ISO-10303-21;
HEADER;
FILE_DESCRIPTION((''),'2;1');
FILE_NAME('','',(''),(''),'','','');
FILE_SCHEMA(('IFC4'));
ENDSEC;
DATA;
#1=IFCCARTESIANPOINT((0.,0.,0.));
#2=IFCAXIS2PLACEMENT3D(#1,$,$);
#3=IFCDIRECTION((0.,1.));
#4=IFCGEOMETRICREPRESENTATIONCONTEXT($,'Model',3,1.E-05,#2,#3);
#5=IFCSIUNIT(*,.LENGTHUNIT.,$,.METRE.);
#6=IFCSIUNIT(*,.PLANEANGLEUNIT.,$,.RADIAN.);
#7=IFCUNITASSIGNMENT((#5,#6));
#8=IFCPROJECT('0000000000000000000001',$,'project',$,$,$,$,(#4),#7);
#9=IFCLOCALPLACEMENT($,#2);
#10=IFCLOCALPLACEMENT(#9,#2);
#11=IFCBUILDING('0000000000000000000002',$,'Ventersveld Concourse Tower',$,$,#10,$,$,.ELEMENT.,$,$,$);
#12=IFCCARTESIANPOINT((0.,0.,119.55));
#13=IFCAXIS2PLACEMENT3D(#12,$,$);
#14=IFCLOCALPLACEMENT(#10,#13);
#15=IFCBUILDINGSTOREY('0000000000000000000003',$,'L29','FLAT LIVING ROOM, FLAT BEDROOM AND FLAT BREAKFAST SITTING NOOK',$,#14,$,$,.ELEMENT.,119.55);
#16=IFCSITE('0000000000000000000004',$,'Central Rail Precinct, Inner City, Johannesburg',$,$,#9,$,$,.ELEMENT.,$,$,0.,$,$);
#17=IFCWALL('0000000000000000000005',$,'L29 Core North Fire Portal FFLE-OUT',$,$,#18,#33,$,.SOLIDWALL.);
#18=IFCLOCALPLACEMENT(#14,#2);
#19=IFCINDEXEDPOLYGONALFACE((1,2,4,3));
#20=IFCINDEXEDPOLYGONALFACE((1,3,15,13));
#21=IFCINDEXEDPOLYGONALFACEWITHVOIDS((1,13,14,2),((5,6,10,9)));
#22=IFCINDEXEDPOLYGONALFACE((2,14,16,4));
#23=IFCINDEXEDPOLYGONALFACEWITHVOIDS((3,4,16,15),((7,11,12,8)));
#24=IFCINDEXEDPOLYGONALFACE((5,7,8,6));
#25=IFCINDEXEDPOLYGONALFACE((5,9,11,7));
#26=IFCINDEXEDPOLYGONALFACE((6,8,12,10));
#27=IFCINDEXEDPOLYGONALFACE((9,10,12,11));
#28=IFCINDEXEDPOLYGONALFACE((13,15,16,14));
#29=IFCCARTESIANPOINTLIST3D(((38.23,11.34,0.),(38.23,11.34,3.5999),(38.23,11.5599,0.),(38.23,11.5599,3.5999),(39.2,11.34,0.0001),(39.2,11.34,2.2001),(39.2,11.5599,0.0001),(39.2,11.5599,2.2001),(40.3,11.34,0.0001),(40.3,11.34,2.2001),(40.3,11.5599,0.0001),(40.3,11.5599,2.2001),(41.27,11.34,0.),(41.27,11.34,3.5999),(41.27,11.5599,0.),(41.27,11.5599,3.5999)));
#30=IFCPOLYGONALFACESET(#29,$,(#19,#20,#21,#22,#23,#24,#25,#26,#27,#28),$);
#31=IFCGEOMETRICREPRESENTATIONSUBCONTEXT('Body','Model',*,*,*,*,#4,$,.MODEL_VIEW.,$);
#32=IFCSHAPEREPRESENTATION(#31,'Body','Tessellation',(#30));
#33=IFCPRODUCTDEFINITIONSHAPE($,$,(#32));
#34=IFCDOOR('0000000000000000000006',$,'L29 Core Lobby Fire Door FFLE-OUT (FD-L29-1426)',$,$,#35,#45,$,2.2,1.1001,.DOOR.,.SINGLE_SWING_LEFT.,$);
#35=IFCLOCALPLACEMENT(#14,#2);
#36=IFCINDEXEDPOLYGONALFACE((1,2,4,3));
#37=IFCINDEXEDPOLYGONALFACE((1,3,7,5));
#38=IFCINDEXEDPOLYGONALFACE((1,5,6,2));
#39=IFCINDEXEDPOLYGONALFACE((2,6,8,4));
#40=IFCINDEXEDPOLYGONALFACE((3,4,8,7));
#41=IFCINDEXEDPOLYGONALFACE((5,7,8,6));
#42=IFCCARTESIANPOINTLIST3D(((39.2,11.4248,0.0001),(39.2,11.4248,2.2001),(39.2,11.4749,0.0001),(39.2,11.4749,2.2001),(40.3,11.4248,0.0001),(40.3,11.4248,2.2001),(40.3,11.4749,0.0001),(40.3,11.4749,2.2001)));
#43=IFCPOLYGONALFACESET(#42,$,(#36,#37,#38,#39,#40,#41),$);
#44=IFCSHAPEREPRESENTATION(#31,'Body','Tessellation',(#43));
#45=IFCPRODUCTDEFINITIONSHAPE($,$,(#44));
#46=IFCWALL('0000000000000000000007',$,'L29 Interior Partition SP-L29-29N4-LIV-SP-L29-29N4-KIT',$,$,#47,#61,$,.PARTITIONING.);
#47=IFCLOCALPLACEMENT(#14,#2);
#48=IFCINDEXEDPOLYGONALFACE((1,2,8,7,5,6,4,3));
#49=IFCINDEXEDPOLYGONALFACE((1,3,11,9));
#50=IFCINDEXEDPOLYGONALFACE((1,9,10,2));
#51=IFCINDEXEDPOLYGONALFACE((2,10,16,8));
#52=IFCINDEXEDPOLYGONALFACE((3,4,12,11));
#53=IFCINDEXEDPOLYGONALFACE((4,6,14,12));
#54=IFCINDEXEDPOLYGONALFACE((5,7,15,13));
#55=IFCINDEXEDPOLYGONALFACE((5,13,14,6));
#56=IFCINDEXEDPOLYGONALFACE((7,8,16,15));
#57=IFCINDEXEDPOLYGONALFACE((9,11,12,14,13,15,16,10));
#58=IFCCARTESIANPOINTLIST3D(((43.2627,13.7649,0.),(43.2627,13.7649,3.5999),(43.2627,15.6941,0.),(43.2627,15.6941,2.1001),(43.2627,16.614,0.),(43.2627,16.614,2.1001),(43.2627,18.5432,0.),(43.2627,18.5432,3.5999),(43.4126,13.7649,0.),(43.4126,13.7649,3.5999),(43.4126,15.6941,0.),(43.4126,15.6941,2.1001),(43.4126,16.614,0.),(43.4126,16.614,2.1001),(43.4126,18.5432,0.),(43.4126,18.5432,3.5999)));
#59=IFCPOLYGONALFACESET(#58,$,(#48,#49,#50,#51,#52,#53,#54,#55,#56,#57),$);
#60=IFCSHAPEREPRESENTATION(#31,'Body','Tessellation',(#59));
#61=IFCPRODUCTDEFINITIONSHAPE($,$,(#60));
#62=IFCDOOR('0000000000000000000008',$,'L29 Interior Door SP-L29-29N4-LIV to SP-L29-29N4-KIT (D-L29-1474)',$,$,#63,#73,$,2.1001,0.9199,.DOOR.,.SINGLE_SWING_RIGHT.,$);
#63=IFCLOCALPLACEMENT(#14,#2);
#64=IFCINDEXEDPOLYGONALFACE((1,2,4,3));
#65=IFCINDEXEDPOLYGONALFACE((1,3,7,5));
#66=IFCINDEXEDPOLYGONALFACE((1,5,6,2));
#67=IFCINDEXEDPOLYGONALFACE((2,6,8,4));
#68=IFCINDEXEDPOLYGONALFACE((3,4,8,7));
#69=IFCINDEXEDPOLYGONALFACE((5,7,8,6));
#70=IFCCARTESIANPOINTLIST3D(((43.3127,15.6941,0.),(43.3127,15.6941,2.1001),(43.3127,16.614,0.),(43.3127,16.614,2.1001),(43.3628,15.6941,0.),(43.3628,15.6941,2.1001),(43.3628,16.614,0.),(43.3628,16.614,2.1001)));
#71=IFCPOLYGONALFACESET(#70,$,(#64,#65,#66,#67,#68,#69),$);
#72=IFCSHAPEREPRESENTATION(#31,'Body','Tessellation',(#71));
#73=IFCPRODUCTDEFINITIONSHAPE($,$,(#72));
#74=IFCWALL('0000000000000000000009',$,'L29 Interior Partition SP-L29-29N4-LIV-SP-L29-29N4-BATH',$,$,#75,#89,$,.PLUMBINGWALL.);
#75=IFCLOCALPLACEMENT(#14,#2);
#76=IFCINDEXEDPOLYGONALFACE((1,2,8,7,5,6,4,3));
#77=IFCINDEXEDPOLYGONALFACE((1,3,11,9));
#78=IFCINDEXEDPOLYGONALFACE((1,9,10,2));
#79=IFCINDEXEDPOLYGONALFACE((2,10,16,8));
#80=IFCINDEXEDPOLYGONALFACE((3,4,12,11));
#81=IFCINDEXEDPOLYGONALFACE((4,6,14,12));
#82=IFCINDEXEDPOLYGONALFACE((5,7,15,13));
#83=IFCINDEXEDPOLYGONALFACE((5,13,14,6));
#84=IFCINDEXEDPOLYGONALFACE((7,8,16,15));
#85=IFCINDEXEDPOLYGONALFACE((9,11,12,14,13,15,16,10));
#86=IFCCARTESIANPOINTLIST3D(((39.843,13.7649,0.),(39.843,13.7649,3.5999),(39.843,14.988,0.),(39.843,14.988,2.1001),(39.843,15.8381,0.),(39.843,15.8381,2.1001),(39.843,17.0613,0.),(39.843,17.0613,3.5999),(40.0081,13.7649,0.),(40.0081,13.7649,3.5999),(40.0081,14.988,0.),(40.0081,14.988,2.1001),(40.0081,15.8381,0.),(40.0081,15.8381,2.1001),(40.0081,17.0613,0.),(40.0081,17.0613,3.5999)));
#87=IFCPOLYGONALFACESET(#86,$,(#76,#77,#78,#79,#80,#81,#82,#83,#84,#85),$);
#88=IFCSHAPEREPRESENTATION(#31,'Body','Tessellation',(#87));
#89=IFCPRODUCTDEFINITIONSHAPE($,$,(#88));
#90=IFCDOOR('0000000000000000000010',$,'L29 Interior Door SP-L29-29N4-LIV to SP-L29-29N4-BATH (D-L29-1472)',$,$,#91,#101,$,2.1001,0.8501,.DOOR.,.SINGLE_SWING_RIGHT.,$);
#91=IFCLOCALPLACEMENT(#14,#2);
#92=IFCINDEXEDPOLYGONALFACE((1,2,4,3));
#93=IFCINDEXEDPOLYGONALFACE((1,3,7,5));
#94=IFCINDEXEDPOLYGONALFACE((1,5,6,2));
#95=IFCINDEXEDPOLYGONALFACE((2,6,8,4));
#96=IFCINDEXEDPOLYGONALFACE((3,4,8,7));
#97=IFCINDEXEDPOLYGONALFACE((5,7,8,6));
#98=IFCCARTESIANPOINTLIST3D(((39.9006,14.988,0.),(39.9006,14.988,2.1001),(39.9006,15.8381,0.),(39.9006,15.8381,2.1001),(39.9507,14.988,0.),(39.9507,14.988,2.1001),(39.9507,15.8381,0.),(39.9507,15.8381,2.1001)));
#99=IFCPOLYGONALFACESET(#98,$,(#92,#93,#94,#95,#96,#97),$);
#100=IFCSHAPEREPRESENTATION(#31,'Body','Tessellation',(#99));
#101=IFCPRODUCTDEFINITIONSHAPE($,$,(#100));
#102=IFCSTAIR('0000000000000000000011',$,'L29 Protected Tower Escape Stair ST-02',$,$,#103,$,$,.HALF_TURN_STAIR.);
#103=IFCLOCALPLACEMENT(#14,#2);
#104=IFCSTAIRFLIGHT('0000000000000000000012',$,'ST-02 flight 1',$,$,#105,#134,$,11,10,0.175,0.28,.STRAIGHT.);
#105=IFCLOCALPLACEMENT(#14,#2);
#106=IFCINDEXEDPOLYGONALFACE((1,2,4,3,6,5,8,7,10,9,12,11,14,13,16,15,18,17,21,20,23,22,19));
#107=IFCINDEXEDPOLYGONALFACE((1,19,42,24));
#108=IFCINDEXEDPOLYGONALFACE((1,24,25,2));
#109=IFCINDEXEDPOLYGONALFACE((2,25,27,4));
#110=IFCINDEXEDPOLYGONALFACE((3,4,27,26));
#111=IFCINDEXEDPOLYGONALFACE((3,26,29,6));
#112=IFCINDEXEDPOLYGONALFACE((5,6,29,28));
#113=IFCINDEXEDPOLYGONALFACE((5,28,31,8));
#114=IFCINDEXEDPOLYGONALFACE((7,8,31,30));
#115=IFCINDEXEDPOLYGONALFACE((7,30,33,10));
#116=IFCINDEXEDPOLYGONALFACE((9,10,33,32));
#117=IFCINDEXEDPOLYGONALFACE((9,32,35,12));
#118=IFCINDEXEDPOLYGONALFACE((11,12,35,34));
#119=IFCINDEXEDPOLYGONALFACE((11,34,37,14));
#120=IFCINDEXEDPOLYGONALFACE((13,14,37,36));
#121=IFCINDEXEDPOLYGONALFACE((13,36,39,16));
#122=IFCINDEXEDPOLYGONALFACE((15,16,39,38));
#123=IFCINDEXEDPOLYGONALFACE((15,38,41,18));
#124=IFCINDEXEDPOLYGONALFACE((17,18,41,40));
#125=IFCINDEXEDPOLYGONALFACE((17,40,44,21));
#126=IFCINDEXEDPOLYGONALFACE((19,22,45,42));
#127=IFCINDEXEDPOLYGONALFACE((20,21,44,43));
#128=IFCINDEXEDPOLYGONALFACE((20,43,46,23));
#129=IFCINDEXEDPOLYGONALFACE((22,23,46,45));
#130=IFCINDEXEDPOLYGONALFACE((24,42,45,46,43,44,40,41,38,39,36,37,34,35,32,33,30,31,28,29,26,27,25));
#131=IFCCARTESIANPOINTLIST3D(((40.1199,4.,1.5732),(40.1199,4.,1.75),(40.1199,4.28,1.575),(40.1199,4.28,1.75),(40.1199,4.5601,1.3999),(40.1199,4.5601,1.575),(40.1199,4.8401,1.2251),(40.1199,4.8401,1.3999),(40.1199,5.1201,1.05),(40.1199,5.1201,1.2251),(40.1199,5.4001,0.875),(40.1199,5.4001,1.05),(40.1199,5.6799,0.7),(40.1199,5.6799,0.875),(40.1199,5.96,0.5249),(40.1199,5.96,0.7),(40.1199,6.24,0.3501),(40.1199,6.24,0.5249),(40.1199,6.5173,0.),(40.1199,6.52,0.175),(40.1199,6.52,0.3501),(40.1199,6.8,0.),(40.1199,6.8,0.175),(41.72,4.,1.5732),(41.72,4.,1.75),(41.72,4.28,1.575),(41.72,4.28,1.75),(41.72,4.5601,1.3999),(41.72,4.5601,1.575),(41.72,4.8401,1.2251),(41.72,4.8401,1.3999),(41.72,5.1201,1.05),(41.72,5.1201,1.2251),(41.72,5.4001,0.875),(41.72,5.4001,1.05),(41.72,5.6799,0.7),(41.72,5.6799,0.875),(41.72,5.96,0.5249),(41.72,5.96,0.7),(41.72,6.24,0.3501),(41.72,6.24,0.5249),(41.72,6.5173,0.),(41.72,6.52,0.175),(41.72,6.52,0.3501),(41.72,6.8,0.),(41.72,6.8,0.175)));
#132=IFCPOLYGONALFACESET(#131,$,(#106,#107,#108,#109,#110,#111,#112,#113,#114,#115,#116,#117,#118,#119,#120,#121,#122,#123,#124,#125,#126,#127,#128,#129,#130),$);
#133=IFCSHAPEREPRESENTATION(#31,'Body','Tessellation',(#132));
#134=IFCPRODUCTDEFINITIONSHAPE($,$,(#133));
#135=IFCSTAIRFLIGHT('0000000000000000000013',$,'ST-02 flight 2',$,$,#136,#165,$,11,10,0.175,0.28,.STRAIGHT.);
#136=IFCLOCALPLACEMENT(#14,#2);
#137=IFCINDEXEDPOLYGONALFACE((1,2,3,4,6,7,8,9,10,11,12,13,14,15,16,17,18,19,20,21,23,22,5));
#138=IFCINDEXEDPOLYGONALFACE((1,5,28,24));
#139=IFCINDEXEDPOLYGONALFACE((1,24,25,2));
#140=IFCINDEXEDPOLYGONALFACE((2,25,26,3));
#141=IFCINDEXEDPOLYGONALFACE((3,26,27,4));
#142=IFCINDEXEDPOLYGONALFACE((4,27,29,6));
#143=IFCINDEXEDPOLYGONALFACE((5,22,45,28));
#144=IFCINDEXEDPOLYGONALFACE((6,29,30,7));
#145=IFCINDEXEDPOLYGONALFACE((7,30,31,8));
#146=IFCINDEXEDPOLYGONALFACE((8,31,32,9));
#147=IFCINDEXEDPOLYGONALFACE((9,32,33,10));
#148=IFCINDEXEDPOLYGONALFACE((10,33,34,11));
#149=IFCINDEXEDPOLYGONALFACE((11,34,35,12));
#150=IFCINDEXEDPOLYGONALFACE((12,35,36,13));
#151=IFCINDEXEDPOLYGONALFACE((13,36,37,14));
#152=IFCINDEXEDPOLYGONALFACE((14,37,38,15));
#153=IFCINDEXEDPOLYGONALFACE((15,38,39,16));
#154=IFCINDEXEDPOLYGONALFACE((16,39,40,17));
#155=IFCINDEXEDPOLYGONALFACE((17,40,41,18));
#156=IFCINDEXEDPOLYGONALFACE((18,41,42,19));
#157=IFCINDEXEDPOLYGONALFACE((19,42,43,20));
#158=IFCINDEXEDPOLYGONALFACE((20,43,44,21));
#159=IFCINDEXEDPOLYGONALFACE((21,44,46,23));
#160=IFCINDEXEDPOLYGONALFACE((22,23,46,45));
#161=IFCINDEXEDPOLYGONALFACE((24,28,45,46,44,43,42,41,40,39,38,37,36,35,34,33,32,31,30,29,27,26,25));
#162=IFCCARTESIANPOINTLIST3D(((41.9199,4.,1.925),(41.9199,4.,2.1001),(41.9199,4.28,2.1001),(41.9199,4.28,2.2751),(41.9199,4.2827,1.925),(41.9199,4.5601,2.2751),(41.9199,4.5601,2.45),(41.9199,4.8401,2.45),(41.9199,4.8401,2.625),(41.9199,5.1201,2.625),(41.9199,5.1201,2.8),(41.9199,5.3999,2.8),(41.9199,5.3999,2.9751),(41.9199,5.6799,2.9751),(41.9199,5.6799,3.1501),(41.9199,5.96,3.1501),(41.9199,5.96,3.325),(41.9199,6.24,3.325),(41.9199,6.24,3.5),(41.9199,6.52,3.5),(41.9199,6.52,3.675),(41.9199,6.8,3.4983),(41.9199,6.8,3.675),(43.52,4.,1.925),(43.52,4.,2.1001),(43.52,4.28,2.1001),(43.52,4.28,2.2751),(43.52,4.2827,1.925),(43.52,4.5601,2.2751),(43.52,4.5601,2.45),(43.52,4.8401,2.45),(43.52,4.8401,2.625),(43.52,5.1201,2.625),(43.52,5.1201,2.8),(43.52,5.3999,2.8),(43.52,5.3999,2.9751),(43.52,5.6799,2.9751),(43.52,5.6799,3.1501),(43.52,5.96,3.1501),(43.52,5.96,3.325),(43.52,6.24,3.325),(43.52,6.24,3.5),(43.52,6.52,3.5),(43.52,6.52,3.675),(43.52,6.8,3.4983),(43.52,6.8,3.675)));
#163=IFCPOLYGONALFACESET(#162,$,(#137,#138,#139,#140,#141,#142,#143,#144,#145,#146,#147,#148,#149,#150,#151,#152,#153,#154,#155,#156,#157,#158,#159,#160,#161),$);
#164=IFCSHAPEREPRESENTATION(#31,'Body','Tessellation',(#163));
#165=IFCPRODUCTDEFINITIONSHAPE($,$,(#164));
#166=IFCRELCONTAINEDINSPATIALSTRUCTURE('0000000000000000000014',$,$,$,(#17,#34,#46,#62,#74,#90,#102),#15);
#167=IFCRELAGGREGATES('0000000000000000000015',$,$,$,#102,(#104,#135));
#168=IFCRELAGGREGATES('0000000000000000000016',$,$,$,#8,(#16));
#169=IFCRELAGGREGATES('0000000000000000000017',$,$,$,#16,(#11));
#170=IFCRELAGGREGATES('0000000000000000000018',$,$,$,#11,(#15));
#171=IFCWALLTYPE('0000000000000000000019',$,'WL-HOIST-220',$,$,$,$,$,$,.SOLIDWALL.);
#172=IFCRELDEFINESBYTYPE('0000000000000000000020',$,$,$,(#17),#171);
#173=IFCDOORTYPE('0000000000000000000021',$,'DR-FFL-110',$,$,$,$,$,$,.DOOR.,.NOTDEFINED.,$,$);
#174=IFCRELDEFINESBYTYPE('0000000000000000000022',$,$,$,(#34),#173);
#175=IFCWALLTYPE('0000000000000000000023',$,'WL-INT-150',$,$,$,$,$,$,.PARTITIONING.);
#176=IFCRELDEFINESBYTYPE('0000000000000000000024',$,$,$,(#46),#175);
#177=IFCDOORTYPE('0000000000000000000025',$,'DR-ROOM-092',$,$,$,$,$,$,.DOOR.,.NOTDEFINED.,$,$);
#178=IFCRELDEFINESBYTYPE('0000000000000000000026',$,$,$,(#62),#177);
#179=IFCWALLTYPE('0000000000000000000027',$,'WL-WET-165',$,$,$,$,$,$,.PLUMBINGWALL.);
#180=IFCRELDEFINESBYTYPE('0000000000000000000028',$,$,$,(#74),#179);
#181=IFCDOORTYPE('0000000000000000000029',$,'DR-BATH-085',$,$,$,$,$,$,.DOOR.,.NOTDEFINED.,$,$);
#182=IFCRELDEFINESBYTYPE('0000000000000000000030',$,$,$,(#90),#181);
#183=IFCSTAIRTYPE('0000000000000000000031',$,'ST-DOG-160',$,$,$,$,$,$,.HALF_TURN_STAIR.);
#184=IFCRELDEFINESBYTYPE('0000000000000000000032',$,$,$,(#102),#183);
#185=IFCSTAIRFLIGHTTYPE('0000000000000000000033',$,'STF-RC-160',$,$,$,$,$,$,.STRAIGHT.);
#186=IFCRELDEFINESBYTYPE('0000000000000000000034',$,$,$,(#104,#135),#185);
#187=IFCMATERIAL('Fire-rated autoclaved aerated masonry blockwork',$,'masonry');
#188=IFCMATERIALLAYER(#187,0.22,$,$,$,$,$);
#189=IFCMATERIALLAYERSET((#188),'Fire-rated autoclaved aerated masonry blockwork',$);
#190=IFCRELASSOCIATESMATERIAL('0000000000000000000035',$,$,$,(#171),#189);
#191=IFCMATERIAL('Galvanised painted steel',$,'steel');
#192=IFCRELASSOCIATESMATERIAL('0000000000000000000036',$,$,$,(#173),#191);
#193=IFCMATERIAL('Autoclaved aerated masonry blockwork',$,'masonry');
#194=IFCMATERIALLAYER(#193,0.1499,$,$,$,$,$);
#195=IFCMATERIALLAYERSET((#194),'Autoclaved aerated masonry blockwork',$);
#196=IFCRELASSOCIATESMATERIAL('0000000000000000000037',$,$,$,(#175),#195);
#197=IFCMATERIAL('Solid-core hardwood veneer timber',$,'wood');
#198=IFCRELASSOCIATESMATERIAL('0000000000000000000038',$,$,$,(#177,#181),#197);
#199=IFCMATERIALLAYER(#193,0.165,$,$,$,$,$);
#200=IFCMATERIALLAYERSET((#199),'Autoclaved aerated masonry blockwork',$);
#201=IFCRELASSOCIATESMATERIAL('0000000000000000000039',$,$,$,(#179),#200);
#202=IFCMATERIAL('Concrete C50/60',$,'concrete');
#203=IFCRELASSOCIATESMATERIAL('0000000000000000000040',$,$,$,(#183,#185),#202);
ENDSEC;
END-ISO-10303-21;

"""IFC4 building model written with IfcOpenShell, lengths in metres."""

from ifc_helpers import new_model, si_unit, direction, frame, frame_2d, origin, place, context, subcontext, project, spatial, polyline, rectangle, outline, extrude, material, layer, layer_set, type_object, element, fill, aggregate, save


model = new_model("IFC4")

# Units and contexts
model_context = context("Model", 3, precision=1e-05, world=origin(), true_north=direction((0.0, 1.0)))
body_context = subcontext(model_context, "Body", "Model", "MODEL_VIEW")
ifc_project = project(units=[si_unit("LENGTHUNIT", "METRE"), si_unit("PLANEANGLEUNIT", "RADIAN")], contexts=[model_context])

# Site, building, storey
site_placement = place(None, origin())
site = spatial("IfcSite", under=ifc_project, at=site_placement, Name="Central Rail Precinct, Inner City, Johannesburg", CompositionType="ELEMENT", RefElevation=0.0)
building_placement = place(site_placement, origin())
building = spatial("IfcBuilding", under=site, at=building_placement, Name="Ventersveld Concourse Tower", CompositionType="ELEMENT")
storey_placement = place(building_placement, frame((0.0, 0.0, 119.55)))
storey = spatial("IfcBuildingStorey", under=building, at=storey_placement, Name="L29", Description="FLAT LIVING ROOM, FLAT BEDROOM AND FLAT BREAKFAST SITTING NOOK", CompositionType="ELEMENT", Elevation=119.55)

# Shared definitions
ifc_material_1 = material(Name="Fire-rated autoclaved aerated masonry blockwork", Category="masonry")
ifc_material_2 = material(Name="Solid-core hardwood veneer timber", Category="wood")

# Shared definitions
ifc_layer_1 = layer(ifc_material_1, 0.22)
ifc_layer_set_1 = layer_set([ifc_layer_1], Name="Fire-rated autoclaved aerated masonry blockwork")
wall_type_1 = type_object("IfcWallType", Name="WL-HOIST-220", PredefinedType="SOLIDWALL", material=ifc_layer_set_1)

# Walls, openings, doors
ifc_material_3 = material(Name="Galvanised painted steel", Category="steel")
wall_1_placement = place(storey_placement, frame((38.23, 11.45, 0.0), z_axis=(0.0, 0.0, 1.0), x_axis=(1.0, 0.0, 0.0)))
wall_1 = element("IfcWall", 1, at=wall_1_placement, inside=storey, type_object=wall_type_1, Name="L29 Core North Fire Portal FFLE-OUT", PredefinedType="SOLIDWALL", context=body_context, shape_type="SweptSolid", body=[
    extrude(rectangle(XDim=3.04, YDim=0.22, at=frame_2d((1.52, 0.0))), origin(), (0.0, 0.0, 1.0), 3.5999),
])
opening_1_placement = place(wall_1_placement, frame((0.97, 0.0, 0.0)))
opening_1 = element("IfcOpeningElement", 2, at=opening_1_placement, cuts=wall_1, PredefinedType="OPENING", context=body_context, shape_type="SweptSolid", body=[
    extrude(rectangle(XDim=1.1001, YDim=2.2, at=frame_2d((0.55, 1.1001))), frame((0.0, 0.1201, 0.0), z_axis=(0.0, -1.0, 0.0), x_axis=(1.0, 0.0, 0.0)), (0.0, 0.0, 1.0), 0.24),
])
door_type_1 = type_object("IfcDoorType", Name="DR-FFL-110", OperationType="NOTDEFINED", PredefinedType="DOOR", material=ifc_material_3)
door_1_placement = place(opening_1_placement, origin())
door_1 = element("IfcDoor", 3, at=door_1_placement, inside=storey, type_object=door_type_1, Name="L29 Core Lobby Fire Door FFLE-OUT (FD-L29-1426)", OperationType="SINGLE_SWING_LEFT", OverallHeight=2.2, OverallWidth=1.1001, PredefinedType="DOOR", context=body_context, shape_type="SweptSolid", body=[
    extrude(rectangle(XDim=1.1001, YDim=2.2, at=frame_2d((0.55, 1.1001))), frame((0.0, 0.0249, 0.0), z_axis=(0.0, -1.0, 0.0), x_axis=(1.0, 0.0, 0.0)), (0.0, 0.0, 1.0), 0.05),
])
fill(opening_1, door_1)
ifc_material_4 = material(Name="Autoclaved aerated masonry blockwork", Category="masonry")
ifc_layer_2 = layer(ifc_material_4, 0.1499)
ifc_layer_set_2 = layer_set([ifc_layer_2], Name="Autoclaved aerated masonry blockwork")
wall_type_2 = type_object("IfcWallType", Name="WL-INT-150", PredefinedType="PARTITIONING", material=ifc_layer_set_2)
wall_2_placement = place(storey_placement, frame((43.3376, 13.7649, 0.0), z_axis=(0.0, 0.0, 1.0), x_axis=(0.0, 1.0, 0.0)))
wall_2 = element("IfcWall", 4, at=wall_2_placement, inside=storey, type_object=wall_type_2, Name="L29 Interior Partition SP-L29-29N4-LIV-SP-L29-29N4-KIT", PredefinedType="PARTITIONING", context=body_context, shape_type="SweptSolid", body=[
    extrude(rectangle(XDim=4.7783, YDim=0.1499, at=frame_2d((2.3892, 0.0))), origin(), (0.0, 0.0, 1.0), 3.5999),
])
opening_2_placement = place(wall_2_placement, frame((1.9292, 0.0, 0.0)))
opening_2 = element("IfcOpeningElement", 5, at=opening_2_placement, cuts=wall_2, PredefinedType="OPENING", context=body_context, shape_type="SweptSolid", body=[
    extrude(rectangle(XDim=0.9199, YDim=2.1001, at=frame_2d((0.46, 1.05))), frame((0.0, 0.085, 0.0), z_axis=(0.0, -1.0, 0.0), x_axis=(1.0, 0.0, 0.0)), (0.0, 0.0, 1.0), 0.1699),
])
door_type_2 = type_object("IfcDoorType", Name="DR-ROOM-092", OperationType="NOTDEFINED", PredefinedType="DOOR", material=ifc_material_2)
door_2_placement = place(opening_2_placement, origin())
door_2 = element("IfcDoor", 6, at=door_2_placement, inside=storey, type_object=door_type_2, Name="L29 Interior Door SP-L29-29N4-LIV to SP-L29-29N4-KIT (D-L29-1474)", OperationType="SINGLE_SWING_RIGHT", OverallHeight=2.1001, OverallWidth=0.9199, PredefinedType="DOOR", context=body_context, shape_type="SweptSolid", body=[
    extrude(rectangle(XDim=0.9199, YDim=2.1001, at=frame_2d((0.46, 1.05))), frame((0.0, 0.0249, 0.0), z_axis=(0.0, -1.0, 0.0), x_axis=(1.0, 0.0, 0.0)), (0.0, 0.0, 1.0), 0.05),
])
fill(opening_2, door_2)
ifc_layer_3 = layer(ifc_material_4, 0.165)
ifc_layer_set_3 = layer_set([ifc_layer_3], Name="Autoclaved aerated masonry blockwork")
wall_type_3 = type_object("IfcWallType", Name="WL-WET-165", PredefinedType="PLUMBINGWALL", material=ifc_layer_set_3)
wall_3_placement = place(storey_placement, frame((39.9255, 13.7649, 0.0), z_axis=(0.0, 0.0, 1.0), x_axis=(0.0, 1.0, 0.0)))
wall_3 = element("IfcWall", 7, at=wall_3_placement, inside=storey, type_object=wall_type_3, Name="L29 Interior Partition SP-L29-29N4-LIV-SP-L29-29N4-BATH", PredefinedType="PLUMBINGWALL", context=body_context, shape_type="SweptSolid", body=[
    extrude(rectangle(XDim=3.2964, YDim=0.165, at=frame_2d((1.6482, 0.0))), origin(), (0.0, 0.0, 1.0), 3.5999),
])
opening_3_placement = place(wall_3_placement, frame((1.2231, 0.0, 0.0)))
opening_3 = element("IfcOpeningElement", 8, at=opening_3_placement, cuts=wall_3, PredefinedType="OPENING", context=body_context, shape_type="SweptSolid", body=[
    extrude(rectangle(XDim=0.8501, YDim=2.1001, at=frame_2d((0.425, 1.05))), frame((0.0, 0.0925, 0.0), z_axis=(0.0, -1.0, 0.0), x_axis=(1.0, 0.0, 0.0)), (0.0, 0.0, 1.0), 0.1851),
])
door_type_3 = type_object("IfcDoorType", Name="DR-BATH-085", OperationType="NOTDEFINED", PredefinedType="DOOR", material=ifc_material_2)
door_3_placement = place(opening_3_placement, origin())
door_3 = element("IfcDoor", 9, at=door_3_placement, inside=storey, type_object=door_type_3, Name="L29 Interior Door SP-L29-29N4-LIV to SP-L29-29N4-BATH (D-L29-1472)", OperationType="SINGLE_SWING_RIGHT", OverallHeight=2.1001, OverallWidth=0.8501, PredefinedType="DOOR", context=body_context, shape_type="SweptSolid", body=[
    extrude(rectangle(XDim=0.8501, YDim=2.1001, at=frame_2d((0.425, 1.05))), frame((0.0, 0.0249, 0.0), z_axis=(0.0, -1.0, 0.0), x_axis=(1.0, 0.0, 0.0)), (0.0, 0.0, 1.0), 0.05),
])
fill(opening_3, door_3)

# Stair, stair flights
ifc_material_5 = material(Name="Concrete C50/60", Category="concrete")
stair_type = type_object("IfcStairType", Name="ST-DOG-160", PredefinedType="HALF_TURN_STAIR", material=ifc_material_5)
stair_placement = place(storey_placement, origin())
stair = element("IfcStair", 10, at=stair_placement, inside=storey, type_object=stair_type, Name="L29 Protected Tower Escape Stair ST-02", PredefinedType="HALF_TURN_STAIR")
stair_flight_type = type_object("IfcStairFlightType", Name="STF-RC-160", PredefinedType="STRAIGHT", material=ifc_material_5)
stair_flight_1_placement = place(storey_placement, frame((40.9199, 6.8, 0.0), z_axis=(0.0, 0.0, 1.0), x_axis=(0.0, -1.0, 0.0)))
stair_flight_1 = element("IfcStairFlight", 11, at=stair_flight_1_placement, type_object=stair_flight_type, Name="ST-02 flight 1", NumberOfRisers=11, NumberOfTreads=10, PredefinedType="STRAIGHT", RiserHeight=0.175, TreadLength=0.28, context=body_context, shape_type="SweptSolid", body=[
    extrude(outline(polyline([(0.0, 0.0), (0.0, 0.175), (0.28, 0.175), (0.28, 0.3501), (0.5601, 0.3501), (0.5601, 0.5249), (0.8401, 0.5249), (0.8401, 0.7), (1.1201, 0.7), (1.1201, 0.875), (1.3999, 0.875), (1.3999, 1.05), (1.6799, 1.05), (1.6799, 1.2251), (1.96, 1.2251), (1.96, 1.3999), (2.24, 1.3999), (2.24, 1.575), (2.52, 1.575), (2.52, 1.75), (2.8, 1.75), (2.8, 1.925), (2.8, 1.5732), (0.2827, 0.0), (0.0, 0.0)])), frame((0.0, 0.8, 0.0), z_axis=(0.0, -1.0, 0.0), x_axis=(1.0, 0.0, 0.0)), (0.0, 0.0, 1.0), 1.6001),
])
stair_flight_2_placement = place(storey_placement, frame((42.72, 4.0, 1.925), z_axis=(0.0, 0.0, 1.0), x_axis=(0.0, 1.0, 0.0)))
stair_flight_2 = element("IfcStairFlight", 12, at=stair_flight_2_placement, type_object=stair_flight_type, Name="ST-02 flight 2", NumberOfRisers=11, NumberOfTreads=10, PredefinedType="STRAIGHT", RiserHeight=0.175, TreadLength=0.28, context=body_context, shape_type="SweptSolid", body=[
    extrude(outline(polyline([(0.0, 0.0), (0.0, 0.175), (0.28, 0.175), (0.28, 0.3501), (0.5601, 0.3501), (0.5601, 0.5249), (0.8401, 0.5249), (0.8401, 0.7), (1.1201, 0.7), (1.1201, 0.875), (1.3999, 0.875), (1.3999, 1.05), (1.6799, 1.05), (1.6799, 1.2251), (1.96, 1.2251), (1.96, 1.3999), (2.24, 1.3999), (2.24, 1.575), (2.52, 1.575), (2.52, 1.75), (2.8, 1.75), (2.8, 1.925), (2.8, 1.5732), (0.2827, 0.0), (0.0, 0.0)])), frame((0.0, 0.8, 0.0), z_axis=(0.0, -1.0, 0.0), x_axis=(1.0, 0.0, 0.0)), (0.0, 0.0, 1.0), 1.6001),
])
aggregate(stair, [stair_flight_1, stair_flight_2])

save(model, "model.ifc")
